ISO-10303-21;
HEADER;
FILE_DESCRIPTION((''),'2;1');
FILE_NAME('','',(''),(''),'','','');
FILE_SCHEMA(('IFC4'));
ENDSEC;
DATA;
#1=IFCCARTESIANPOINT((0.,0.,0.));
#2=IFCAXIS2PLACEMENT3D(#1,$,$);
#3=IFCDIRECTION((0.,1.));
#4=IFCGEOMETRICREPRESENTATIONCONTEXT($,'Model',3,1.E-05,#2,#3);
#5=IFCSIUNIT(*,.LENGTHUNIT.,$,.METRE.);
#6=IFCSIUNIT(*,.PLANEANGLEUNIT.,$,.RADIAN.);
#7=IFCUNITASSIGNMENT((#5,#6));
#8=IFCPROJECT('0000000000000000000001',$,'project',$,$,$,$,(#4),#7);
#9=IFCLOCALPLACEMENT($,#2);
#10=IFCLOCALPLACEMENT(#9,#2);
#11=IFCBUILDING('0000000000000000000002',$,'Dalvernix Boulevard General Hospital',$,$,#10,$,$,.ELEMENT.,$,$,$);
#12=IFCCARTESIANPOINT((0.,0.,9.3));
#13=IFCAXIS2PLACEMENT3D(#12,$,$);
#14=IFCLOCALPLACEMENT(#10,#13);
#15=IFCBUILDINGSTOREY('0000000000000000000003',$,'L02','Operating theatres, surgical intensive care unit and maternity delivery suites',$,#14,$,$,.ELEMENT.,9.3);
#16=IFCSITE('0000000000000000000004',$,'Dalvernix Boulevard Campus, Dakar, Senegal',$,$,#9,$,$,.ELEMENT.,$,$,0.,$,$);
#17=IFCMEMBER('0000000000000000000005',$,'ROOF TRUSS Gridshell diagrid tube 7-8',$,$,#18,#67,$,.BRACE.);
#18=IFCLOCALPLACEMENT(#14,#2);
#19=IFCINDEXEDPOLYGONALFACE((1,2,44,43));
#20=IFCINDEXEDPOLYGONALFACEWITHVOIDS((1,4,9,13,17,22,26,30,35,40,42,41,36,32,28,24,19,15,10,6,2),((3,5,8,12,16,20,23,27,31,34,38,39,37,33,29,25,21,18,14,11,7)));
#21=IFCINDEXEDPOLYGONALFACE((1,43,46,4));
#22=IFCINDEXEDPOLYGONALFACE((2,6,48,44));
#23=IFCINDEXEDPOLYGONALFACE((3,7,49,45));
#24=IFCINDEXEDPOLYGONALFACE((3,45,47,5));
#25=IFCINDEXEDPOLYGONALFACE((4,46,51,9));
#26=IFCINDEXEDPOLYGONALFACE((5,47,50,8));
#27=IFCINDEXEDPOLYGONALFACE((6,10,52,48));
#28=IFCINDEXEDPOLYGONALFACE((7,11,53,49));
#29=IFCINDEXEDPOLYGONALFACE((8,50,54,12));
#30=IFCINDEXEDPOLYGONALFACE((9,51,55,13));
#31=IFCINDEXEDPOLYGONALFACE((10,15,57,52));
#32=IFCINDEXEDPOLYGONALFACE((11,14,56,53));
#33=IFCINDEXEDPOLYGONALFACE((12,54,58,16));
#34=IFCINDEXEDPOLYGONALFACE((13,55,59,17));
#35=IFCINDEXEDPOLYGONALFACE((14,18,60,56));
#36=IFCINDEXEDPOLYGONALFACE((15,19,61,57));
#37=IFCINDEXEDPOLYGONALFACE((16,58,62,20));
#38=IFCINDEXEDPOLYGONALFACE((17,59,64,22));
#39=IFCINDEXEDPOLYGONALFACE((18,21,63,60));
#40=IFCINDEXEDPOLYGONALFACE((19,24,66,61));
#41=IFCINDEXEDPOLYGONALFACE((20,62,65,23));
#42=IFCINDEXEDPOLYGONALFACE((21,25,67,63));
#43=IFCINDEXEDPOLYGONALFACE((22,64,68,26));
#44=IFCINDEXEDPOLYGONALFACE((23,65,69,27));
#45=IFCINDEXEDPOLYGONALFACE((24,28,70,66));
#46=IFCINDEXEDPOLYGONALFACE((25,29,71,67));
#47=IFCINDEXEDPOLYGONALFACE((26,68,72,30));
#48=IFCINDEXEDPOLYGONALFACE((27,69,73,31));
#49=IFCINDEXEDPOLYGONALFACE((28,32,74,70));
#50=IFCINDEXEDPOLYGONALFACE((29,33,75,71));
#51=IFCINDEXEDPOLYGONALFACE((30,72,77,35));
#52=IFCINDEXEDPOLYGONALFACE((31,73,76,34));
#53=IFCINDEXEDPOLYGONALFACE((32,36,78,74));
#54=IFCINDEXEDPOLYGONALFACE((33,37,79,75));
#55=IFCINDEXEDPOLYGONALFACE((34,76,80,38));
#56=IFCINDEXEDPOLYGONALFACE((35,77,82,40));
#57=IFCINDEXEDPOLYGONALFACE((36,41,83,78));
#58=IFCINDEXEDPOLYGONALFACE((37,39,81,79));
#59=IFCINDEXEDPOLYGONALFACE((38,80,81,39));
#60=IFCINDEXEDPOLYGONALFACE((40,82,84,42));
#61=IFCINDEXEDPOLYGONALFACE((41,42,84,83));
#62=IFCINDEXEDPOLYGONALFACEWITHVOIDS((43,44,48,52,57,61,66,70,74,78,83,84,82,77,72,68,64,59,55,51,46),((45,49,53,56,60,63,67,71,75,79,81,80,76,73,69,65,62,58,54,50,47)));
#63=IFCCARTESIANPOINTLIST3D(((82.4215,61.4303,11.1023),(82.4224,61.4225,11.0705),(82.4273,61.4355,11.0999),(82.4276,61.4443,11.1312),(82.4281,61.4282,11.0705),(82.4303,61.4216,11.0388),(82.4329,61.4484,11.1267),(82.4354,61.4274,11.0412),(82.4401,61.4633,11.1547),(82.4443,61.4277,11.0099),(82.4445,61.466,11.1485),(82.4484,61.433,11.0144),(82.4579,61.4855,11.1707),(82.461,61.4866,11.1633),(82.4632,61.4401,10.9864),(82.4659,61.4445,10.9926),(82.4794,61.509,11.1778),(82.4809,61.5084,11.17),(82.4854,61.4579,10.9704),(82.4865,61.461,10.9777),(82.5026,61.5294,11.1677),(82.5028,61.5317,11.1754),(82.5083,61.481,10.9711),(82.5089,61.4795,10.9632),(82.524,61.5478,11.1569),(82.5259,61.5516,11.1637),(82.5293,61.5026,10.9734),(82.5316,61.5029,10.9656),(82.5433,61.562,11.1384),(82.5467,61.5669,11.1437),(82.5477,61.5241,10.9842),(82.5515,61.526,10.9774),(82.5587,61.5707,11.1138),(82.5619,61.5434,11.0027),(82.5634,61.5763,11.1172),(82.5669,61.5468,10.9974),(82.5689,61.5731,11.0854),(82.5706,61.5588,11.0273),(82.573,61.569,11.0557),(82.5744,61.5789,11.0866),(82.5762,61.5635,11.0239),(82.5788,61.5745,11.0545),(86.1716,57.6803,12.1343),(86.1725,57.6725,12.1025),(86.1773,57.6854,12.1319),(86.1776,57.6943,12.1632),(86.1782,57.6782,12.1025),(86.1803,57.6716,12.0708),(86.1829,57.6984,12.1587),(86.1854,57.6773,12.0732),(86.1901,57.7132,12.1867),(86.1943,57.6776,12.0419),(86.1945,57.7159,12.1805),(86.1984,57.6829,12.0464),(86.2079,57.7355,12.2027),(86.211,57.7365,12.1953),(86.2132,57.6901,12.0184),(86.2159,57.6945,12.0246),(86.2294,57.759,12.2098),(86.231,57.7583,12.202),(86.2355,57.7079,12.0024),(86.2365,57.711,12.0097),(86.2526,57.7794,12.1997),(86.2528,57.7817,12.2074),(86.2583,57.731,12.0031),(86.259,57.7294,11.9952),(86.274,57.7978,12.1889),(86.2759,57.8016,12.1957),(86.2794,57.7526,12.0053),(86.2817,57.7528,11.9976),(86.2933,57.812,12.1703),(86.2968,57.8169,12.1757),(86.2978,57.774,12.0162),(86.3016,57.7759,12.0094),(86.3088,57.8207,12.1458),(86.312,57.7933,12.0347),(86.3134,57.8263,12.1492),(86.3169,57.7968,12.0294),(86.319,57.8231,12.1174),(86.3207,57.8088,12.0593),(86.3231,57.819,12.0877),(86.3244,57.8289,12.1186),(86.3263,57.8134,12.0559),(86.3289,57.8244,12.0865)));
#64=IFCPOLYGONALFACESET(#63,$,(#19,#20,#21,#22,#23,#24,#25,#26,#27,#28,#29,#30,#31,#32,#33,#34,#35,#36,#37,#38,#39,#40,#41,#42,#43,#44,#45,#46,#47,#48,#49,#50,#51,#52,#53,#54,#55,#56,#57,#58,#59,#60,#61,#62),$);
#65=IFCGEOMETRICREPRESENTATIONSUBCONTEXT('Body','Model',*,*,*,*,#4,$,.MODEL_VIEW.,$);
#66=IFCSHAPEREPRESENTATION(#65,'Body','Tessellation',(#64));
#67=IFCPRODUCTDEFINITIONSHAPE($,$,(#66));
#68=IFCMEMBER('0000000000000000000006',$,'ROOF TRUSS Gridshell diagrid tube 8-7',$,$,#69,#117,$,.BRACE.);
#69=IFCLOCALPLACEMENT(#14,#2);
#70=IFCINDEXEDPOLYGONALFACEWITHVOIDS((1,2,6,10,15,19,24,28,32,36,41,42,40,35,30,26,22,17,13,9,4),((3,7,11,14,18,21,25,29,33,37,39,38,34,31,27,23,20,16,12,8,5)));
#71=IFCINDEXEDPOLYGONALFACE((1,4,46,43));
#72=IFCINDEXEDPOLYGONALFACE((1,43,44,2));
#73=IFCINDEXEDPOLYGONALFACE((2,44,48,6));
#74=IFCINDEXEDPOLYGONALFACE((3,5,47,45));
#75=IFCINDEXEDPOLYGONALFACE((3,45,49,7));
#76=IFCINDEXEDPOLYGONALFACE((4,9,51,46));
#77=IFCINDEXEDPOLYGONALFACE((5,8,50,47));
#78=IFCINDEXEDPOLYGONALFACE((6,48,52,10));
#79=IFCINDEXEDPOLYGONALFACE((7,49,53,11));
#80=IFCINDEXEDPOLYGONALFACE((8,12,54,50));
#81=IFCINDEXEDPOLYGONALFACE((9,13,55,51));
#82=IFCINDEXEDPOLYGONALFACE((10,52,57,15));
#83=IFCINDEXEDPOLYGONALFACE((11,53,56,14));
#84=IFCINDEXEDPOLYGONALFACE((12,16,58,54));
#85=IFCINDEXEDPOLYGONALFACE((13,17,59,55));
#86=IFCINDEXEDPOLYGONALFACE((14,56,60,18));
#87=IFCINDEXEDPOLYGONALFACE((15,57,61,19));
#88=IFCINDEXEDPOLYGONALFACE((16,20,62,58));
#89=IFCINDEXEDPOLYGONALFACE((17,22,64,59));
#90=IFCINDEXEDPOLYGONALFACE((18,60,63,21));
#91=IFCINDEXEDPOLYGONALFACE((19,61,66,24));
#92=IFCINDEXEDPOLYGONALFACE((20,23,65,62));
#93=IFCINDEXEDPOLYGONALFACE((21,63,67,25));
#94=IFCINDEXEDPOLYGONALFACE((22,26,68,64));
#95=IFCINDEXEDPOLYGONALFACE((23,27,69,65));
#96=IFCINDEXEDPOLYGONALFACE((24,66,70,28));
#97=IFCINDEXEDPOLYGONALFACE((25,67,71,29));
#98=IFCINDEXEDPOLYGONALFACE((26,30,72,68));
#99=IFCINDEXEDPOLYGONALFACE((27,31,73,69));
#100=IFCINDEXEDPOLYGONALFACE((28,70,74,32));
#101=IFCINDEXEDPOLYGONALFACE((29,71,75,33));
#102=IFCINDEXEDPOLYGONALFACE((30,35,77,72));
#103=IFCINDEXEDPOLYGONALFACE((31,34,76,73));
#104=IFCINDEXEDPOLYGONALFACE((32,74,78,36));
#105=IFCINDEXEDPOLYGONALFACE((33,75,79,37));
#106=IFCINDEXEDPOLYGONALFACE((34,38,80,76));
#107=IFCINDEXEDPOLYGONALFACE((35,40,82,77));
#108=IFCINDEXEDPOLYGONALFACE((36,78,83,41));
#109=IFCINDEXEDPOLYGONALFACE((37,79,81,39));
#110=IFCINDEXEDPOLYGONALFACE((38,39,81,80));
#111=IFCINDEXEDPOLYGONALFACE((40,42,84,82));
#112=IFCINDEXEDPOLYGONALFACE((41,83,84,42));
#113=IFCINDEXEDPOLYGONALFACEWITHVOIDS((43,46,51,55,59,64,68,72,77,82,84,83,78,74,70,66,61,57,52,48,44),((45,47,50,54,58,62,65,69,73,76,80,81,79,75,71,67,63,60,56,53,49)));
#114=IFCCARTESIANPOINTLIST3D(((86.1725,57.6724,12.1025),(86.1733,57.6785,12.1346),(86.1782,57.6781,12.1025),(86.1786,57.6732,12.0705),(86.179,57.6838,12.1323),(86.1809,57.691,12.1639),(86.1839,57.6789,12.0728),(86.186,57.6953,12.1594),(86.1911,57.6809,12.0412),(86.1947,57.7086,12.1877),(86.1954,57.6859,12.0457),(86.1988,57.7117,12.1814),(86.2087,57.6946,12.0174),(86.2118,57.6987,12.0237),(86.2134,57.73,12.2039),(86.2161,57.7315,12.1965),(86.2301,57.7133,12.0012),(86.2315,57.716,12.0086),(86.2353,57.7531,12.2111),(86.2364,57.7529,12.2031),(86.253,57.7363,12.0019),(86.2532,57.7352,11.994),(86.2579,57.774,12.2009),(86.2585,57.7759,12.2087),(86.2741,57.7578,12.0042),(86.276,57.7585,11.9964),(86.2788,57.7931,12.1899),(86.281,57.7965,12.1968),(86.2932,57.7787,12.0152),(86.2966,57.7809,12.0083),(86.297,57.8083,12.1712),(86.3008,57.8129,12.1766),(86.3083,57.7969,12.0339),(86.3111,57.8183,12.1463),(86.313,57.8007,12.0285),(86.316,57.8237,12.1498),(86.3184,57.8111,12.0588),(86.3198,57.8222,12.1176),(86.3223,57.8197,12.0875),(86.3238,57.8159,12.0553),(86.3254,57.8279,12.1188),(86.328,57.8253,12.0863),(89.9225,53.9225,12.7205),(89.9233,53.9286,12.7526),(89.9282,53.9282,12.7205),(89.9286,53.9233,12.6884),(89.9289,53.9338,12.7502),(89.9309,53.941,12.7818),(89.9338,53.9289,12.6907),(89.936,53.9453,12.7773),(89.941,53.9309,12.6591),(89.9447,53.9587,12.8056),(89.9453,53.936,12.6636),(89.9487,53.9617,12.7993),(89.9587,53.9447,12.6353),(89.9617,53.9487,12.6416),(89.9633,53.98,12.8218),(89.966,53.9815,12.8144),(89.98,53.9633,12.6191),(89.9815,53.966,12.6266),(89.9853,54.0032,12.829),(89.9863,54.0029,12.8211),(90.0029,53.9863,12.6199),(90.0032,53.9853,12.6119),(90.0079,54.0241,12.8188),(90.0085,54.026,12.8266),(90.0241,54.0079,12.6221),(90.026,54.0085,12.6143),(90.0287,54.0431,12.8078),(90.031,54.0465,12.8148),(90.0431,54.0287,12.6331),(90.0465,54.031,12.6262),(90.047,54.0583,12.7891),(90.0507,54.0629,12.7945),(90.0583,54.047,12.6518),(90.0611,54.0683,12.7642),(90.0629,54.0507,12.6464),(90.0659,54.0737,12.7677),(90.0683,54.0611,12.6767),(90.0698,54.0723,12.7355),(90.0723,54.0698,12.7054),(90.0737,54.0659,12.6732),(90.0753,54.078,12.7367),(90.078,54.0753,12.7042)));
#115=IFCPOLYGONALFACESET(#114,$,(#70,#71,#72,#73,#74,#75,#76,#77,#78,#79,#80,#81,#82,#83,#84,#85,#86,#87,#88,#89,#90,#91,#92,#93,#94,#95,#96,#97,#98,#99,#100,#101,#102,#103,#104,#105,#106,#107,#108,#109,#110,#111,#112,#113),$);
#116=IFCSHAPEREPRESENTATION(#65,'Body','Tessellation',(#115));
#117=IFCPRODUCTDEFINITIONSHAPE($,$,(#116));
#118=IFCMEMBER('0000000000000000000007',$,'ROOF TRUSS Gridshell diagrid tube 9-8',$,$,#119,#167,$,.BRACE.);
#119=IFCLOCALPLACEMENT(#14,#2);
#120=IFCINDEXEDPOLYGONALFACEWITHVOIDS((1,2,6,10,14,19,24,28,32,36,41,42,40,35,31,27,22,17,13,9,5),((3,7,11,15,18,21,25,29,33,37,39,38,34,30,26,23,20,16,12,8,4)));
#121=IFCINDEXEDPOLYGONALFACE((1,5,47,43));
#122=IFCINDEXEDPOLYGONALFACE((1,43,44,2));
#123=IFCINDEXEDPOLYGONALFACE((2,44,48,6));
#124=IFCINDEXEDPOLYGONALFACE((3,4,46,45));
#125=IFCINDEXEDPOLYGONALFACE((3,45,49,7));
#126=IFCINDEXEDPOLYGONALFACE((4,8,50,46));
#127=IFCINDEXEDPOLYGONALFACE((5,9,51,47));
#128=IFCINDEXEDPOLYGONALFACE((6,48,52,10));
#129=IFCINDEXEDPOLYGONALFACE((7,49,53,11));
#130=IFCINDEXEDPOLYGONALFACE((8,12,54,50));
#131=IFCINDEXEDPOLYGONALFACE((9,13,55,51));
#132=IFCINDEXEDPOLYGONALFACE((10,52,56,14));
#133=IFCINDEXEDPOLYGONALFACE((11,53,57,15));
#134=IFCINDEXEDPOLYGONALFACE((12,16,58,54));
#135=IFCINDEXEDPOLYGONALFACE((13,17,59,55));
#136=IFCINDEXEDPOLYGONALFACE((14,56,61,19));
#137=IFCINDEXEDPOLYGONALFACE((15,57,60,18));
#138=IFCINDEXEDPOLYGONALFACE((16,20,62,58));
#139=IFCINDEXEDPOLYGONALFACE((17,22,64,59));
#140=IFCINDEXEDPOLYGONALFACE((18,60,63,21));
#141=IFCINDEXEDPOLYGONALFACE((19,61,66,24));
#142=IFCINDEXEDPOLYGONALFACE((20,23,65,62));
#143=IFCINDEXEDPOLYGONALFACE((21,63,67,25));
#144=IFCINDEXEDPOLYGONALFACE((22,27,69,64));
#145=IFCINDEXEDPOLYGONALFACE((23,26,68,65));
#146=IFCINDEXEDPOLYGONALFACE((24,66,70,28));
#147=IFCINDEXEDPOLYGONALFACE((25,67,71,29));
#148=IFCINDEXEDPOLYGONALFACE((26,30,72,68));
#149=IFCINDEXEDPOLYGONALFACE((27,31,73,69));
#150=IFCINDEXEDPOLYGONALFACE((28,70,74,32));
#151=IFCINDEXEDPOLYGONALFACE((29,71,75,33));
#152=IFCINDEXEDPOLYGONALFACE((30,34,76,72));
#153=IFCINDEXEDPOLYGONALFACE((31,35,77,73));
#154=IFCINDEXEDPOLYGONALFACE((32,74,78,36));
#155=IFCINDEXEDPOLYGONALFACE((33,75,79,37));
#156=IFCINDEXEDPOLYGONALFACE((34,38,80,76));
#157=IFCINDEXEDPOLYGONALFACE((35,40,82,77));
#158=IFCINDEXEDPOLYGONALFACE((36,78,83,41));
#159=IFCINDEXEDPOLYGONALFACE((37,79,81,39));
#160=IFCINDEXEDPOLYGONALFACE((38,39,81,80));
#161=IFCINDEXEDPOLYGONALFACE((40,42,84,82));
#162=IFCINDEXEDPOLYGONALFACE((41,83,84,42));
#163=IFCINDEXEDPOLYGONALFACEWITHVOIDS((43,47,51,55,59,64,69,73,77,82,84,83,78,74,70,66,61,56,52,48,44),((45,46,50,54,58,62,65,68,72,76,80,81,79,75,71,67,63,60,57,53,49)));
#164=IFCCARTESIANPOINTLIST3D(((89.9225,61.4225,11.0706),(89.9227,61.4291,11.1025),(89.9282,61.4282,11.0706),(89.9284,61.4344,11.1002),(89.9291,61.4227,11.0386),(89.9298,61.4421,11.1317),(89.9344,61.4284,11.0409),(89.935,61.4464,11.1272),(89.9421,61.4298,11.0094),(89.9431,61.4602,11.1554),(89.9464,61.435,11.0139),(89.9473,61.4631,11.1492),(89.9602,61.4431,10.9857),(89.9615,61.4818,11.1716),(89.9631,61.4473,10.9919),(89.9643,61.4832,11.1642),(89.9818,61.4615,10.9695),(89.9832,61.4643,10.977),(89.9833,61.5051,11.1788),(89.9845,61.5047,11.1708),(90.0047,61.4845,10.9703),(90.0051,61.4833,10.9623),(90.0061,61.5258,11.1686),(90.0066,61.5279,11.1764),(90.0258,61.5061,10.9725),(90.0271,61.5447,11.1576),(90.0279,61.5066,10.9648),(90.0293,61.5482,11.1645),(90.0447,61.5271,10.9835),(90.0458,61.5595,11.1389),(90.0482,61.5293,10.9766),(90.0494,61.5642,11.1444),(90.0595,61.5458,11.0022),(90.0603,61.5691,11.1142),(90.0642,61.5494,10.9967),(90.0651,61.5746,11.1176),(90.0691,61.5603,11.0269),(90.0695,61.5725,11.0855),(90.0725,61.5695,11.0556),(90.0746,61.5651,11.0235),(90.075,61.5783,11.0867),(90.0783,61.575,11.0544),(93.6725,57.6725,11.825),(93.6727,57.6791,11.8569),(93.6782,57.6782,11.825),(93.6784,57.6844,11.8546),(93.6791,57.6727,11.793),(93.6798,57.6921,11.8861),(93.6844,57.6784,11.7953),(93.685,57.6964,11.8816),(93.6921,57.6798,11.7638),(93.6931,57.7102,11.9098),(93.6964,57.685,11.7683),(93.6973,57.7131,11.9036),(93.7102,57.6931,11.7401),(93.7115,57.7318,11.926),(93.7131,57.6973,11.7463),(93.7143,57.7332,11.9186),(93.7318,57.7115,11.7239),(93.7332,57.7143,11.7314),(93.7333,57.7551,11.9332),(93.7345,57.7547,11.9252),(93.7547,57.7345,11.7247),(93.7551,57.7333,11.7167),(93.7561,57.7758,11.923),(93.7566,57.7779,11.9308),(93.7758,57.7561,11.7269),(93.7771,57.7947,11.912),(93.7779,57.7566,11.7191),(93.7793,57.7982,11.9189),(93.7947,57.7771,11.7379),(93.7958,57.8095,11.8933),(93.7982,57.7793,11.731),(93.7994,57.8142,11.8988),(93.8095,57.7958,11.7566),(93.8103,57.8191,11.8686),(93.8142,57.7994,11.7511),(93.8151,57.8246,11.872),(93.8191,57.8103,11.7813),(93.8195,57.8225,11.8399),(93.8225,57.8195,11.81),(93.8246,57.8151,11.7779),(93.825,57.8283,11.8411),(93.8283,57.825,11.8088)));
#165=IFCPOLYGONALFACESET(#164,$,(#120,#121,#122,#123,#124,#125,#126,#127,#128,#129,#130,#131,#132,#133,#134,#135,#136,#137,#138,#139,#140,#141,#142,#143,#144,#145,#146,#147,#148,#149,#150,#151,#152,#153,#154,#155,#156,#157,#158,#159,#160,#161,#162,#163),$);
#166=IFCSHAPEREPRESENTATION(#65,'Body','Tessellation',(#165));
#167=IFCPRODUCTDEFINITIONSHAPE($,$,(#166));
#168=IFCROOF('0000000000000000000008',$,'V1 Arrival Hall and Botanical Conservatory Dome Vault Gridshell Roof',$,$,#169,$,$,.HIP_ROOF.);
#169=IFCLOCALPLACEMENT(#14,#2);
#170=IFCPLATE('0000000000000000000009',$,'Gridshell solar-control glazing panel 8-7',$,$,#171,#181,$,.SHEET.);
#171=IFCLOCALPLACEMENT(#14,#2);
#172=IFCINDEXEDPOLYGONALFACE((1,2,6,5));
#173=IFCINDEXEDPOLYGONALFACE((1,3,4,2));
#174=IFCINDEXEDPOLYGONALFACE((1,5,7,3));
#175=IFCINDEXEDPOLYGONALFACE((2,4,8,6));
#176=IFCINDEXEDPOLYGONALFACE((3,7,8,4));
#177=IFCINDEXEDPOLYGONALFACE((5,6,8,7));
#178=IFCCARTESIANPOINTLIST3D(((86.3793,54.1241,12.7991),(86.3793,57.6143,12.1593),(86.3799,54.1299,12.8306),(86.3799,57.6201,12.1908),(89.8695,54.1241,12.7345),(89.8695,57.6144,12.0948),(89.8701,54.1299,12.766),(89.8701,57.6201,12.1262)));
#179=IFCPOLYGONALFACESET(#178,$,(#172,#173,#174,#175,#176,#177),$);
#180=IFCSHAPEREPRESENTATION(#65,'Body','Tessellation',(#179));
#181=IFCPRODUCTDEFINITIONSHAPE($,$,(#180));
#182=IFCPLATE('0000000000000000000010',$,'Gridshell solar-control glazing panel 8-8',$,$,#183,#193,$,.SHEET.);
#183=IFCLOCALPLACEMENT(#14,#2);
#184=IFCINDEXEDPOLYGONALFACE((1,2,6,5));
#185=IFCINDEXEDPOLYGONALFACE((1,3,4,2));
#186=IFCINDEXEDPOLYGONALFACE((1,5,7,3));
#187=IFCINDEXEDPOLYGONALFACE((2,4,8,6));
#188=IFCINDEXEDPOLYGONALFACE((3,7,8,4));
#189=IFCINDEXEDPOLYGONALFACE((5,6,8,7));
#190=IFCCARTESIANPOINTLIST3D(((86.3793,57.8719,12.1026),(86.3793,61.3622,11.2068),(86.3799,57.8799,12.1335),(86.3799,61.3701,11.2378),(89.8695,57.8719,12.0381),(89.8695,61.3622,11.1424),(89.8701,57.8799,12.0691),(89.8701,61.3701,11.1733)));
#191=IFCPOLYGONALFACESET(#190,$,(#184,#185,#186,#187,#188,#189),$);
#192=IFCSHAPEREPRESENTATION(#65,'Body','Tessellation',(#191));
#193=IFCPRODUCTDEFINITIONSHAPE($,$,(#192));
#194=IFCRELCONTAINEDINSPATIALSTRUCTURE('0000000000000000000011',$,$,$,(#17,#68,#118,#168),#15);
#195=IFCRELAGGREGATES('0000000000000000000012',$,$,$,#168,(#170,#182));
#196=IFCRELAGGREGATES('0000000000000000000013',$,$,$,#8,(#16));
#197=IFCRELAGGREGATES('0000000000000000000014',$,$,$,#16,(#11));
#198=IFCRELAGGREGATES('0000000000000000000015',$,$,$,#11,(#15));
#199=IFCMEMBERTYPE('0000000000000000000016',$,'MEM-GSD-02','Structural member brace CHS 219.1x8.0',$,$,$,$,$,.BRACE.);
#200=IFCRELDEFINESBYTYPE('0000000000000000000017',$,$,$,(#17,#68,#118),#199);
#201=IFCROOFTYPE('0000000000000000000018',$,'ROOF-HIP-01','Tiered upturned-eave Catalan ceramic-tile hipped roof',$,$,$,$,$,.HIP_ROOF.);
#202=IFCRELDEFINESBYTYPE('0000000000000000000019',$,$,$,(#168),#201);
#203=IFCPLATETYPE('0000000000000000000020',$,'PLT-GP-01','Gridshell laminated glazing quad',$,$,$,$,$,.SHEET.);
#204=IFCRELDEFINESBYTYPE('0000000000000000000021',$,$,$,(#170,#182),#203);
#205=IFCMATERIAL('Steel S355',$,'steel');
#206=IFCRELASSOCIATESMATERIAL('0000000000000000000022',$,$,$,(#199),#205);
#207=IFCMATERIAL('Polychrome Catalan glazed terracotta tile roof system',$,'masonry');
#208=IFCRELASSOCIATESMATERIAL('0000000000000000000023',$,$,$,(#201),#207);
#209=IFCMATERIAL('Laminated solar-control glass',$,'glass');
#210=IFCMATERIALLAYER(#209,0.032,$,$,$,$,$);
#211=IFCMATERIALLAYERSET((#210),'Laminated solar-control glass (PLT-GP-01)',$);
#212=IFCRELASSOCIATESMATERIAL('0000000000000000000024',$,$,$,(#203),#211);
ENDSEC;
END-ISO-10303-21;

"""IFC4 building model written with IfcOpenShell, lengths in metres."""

from ifc_helpers import new_model, si_unit, direction, frame, origin, origin_2d, place, context, subcontext, project, spatial, polyline, hollow_circle, outline, extrude, material, layer, layer_set, material_profile, profile_set, type_object, element, aggregate, save


model = new_model("IFC4")

# Units and contexts
model_context = context("Model", 3, precision=1e-05, world=origin(), true_north=direction((0.0, 1.0)))
body_context = subcontext(model_context, "Body", "Model", "MODEL_VIEW")
ifc_project = project(units=[si_unit("LENGTHUNIT", "METRE"), si_unit("PLANEANGLEUNIT", "RADIAN")], contexts=[model_context])

# Site, building, storey
site_placement = place(None, origin())
site = spatial("IfcSite", under=ifc_project, at=site_placement, Name="Dalvernix Boulevard Campus, Dakar, Senegal", CompositionType="ELEMENT", RefElevation=0.0)
building_placement = place(site_placement, origin())
building = spatial("IfcBuilding", under=site, at=building_placement, Name="Dalvernix Boulevard General Hospital", CompositionType="ELEMENT")
storey_placement = place(building_placement, frame((0.0, 0.0, 9.3)))
storey = spatial("IfcBuildingStorey", under=building, at=storey_placement, Name="L02", Description="Operating theatres, surgical intensive care unit and maternity delivery suites", CompositionType="ELEMENT", Elevation=9.3)

# Shared definitions
ifc_material_1 = material(Name="Steel S355", Category="steel")

# Members
ifc_material_profile_1 = material_profile(ifc_material_1, hollow_circle(Radius=0.1096, WallThickness=0.0081, at=origin_2d()), Name="CHS 219.1x8.0")
ifc_profile_set_1 = profile_set([ifc_material_profile_1], Name="Steel S355")
member_type_1 = type_object("IfcMemberType", Name="MEM-GSD-02", Description="Structural member brace CHS 219.1x8.0", PredefinedType="BRACE", material=ifc_profile_set_1)
member_1_placement = place(storey_placement, frame((86.25, 57.75, 12.1025), z_axis=(-0.694088, 0.694088, -0.19101), x_axis=(-0.707107, -0.707107, 0.0)))
element("IfcMember", 1, at=member_1_placement, inside=storey, type_object=member_type_1, Name="ROOF TRUSS Gridshell diagrid tube 7-8", PredefinedType="BRACE", context=body_context, shape_type="SweptSolid", body=[
    extrude(hollow_circle(Radius=0.1096, WallThickness=0.0081, at=origin_2d()), origin(), (0.0, 0.0, 1.0), 5.4028),
])
member_2_placement = place(storey_placement, frame((90.0, 54.0, 12.7205), z_axis=(-0.702355, 0.702355, -0.115733), x_axis=(-0.707107, -0.707107, 0.0)))
element("IfcMember", 2, at=member_2_placement, inside=storey, type_object=member_type_1, Name="ROOF TRUSS Gridshell diagrid tube 8-7", PredefinedType="BRACE", context=body_context, shape_type="SweptSolid", body=[
    extrude(hollow_circle(Radius=0.1096, WallThickness=0.0081, at=origin_2d()), origin(), (0.0, 0.0, 1.0), 5.3391),
])
member_3_placement = place(storey_placement, frame((93.75, 57.75, 11.825), z_axis=(-0.700059, 0.700059, -0.140832), x_axis=(-0.707107, -0.707107, 0.0)))
element("IfcMember", 3, at=member_3_placement, inside=storey, type_object=member_type_1, Name="ROOF TRUSS Gridshell diagrid tube 9-8", PredefinedType="BRACE", context=body_context, shape_type="SweptSolid", body=[
    extrude(hollow_circle(Radius=0.1096, WallThickness=0.0081, at=origin_2d()), origin(), (0.0, 0.0, 1.0), 5.3567),
])

# Roof, plates
ifc_material_2 = material(Name="Polychrome Catalan glazed terracotta tile roof system", Category="masonry")
roof_type = type_object("IfcRoofType", Name="ROOF-HIP-01", Description="Tiered upturned-eave Catalan ceramic-tile hipped roof", PredefinedType="HIP_ROOF", material=ifc_material_2)
roof_placement = place(storey_placement, origin())
roof = element("IfcRoof", 4, at=roof_placement, inside=storey, type_object=roof_type, Name="V1 Arrival Hall and Botanical Conservatory Dome Vault Gridshell Roof", PredefinedType="HIP_ROOF")
ifc_material_3 = material(Name="Laminated solar-control glass", Category="glass")
ifc_layer = layer(ifc_material_3, 0.032)
ifc_layer_set = layer_set([ifc_layer], Name="Laminated solar-control glass (PLT-GP-01)")
plate_type = type_object("IfcPlateType", Name="PLT-GP-01", Description="Gridshell laminated glazing quad", PredefinedType="SHEET", material=ifc_layer_set)
plate_1_placement = place(storey_placement, frame((86.3799, 54.1299, 12.8306), z_axis=(0.018195, 0.180269, 0.983449), x_axis=(0.999829, -0.000006, -0.018497)))
plate_1 = element("IfcPlate", 5, at=plate_1_placement, type_object=plate_type, Name="Gridshell solar-control glazing panel 8-7", PredefinedType="SHEET", context=body_context, shape_type="SweptSolid", body=[
    extrude(outline(polyline([(0.0, 0.0), (3.4908, 0.0), (3.5026, 3.5484), (0.0118, 3.5483), (0.0, 0.0)])), origin(), (0.0, 0.0, -1.0), 0.032),
])
plate_2_placement = place(storey_placement, frame((86.3799, 57.8799, 12.1335), z_axis=(0.017884, 0.248549, 0.968454), x_axis=(0.99983, 0.0, -0.018464)))
plate_2 = element("IfcPlate", 6, at=plate_2_placement, type_object=plate_type, Name="Gridshell solar-control glazing panel 8-8", PredefinedType="SHEET", context=body_context, shape_type="SweptSolid", body=[
    extrude(outline(polyline([(0.0, 0.0), (3.4908, 0.0), (3.5074, 3.6033), (0.0165, 3.6033), (0.0, 0.0)])), origin(), (0.0, 0.0, -1.0), 0.032),
])
aggregate(roof, [plate_1, plate_2])

save(model, "model.ifc")
